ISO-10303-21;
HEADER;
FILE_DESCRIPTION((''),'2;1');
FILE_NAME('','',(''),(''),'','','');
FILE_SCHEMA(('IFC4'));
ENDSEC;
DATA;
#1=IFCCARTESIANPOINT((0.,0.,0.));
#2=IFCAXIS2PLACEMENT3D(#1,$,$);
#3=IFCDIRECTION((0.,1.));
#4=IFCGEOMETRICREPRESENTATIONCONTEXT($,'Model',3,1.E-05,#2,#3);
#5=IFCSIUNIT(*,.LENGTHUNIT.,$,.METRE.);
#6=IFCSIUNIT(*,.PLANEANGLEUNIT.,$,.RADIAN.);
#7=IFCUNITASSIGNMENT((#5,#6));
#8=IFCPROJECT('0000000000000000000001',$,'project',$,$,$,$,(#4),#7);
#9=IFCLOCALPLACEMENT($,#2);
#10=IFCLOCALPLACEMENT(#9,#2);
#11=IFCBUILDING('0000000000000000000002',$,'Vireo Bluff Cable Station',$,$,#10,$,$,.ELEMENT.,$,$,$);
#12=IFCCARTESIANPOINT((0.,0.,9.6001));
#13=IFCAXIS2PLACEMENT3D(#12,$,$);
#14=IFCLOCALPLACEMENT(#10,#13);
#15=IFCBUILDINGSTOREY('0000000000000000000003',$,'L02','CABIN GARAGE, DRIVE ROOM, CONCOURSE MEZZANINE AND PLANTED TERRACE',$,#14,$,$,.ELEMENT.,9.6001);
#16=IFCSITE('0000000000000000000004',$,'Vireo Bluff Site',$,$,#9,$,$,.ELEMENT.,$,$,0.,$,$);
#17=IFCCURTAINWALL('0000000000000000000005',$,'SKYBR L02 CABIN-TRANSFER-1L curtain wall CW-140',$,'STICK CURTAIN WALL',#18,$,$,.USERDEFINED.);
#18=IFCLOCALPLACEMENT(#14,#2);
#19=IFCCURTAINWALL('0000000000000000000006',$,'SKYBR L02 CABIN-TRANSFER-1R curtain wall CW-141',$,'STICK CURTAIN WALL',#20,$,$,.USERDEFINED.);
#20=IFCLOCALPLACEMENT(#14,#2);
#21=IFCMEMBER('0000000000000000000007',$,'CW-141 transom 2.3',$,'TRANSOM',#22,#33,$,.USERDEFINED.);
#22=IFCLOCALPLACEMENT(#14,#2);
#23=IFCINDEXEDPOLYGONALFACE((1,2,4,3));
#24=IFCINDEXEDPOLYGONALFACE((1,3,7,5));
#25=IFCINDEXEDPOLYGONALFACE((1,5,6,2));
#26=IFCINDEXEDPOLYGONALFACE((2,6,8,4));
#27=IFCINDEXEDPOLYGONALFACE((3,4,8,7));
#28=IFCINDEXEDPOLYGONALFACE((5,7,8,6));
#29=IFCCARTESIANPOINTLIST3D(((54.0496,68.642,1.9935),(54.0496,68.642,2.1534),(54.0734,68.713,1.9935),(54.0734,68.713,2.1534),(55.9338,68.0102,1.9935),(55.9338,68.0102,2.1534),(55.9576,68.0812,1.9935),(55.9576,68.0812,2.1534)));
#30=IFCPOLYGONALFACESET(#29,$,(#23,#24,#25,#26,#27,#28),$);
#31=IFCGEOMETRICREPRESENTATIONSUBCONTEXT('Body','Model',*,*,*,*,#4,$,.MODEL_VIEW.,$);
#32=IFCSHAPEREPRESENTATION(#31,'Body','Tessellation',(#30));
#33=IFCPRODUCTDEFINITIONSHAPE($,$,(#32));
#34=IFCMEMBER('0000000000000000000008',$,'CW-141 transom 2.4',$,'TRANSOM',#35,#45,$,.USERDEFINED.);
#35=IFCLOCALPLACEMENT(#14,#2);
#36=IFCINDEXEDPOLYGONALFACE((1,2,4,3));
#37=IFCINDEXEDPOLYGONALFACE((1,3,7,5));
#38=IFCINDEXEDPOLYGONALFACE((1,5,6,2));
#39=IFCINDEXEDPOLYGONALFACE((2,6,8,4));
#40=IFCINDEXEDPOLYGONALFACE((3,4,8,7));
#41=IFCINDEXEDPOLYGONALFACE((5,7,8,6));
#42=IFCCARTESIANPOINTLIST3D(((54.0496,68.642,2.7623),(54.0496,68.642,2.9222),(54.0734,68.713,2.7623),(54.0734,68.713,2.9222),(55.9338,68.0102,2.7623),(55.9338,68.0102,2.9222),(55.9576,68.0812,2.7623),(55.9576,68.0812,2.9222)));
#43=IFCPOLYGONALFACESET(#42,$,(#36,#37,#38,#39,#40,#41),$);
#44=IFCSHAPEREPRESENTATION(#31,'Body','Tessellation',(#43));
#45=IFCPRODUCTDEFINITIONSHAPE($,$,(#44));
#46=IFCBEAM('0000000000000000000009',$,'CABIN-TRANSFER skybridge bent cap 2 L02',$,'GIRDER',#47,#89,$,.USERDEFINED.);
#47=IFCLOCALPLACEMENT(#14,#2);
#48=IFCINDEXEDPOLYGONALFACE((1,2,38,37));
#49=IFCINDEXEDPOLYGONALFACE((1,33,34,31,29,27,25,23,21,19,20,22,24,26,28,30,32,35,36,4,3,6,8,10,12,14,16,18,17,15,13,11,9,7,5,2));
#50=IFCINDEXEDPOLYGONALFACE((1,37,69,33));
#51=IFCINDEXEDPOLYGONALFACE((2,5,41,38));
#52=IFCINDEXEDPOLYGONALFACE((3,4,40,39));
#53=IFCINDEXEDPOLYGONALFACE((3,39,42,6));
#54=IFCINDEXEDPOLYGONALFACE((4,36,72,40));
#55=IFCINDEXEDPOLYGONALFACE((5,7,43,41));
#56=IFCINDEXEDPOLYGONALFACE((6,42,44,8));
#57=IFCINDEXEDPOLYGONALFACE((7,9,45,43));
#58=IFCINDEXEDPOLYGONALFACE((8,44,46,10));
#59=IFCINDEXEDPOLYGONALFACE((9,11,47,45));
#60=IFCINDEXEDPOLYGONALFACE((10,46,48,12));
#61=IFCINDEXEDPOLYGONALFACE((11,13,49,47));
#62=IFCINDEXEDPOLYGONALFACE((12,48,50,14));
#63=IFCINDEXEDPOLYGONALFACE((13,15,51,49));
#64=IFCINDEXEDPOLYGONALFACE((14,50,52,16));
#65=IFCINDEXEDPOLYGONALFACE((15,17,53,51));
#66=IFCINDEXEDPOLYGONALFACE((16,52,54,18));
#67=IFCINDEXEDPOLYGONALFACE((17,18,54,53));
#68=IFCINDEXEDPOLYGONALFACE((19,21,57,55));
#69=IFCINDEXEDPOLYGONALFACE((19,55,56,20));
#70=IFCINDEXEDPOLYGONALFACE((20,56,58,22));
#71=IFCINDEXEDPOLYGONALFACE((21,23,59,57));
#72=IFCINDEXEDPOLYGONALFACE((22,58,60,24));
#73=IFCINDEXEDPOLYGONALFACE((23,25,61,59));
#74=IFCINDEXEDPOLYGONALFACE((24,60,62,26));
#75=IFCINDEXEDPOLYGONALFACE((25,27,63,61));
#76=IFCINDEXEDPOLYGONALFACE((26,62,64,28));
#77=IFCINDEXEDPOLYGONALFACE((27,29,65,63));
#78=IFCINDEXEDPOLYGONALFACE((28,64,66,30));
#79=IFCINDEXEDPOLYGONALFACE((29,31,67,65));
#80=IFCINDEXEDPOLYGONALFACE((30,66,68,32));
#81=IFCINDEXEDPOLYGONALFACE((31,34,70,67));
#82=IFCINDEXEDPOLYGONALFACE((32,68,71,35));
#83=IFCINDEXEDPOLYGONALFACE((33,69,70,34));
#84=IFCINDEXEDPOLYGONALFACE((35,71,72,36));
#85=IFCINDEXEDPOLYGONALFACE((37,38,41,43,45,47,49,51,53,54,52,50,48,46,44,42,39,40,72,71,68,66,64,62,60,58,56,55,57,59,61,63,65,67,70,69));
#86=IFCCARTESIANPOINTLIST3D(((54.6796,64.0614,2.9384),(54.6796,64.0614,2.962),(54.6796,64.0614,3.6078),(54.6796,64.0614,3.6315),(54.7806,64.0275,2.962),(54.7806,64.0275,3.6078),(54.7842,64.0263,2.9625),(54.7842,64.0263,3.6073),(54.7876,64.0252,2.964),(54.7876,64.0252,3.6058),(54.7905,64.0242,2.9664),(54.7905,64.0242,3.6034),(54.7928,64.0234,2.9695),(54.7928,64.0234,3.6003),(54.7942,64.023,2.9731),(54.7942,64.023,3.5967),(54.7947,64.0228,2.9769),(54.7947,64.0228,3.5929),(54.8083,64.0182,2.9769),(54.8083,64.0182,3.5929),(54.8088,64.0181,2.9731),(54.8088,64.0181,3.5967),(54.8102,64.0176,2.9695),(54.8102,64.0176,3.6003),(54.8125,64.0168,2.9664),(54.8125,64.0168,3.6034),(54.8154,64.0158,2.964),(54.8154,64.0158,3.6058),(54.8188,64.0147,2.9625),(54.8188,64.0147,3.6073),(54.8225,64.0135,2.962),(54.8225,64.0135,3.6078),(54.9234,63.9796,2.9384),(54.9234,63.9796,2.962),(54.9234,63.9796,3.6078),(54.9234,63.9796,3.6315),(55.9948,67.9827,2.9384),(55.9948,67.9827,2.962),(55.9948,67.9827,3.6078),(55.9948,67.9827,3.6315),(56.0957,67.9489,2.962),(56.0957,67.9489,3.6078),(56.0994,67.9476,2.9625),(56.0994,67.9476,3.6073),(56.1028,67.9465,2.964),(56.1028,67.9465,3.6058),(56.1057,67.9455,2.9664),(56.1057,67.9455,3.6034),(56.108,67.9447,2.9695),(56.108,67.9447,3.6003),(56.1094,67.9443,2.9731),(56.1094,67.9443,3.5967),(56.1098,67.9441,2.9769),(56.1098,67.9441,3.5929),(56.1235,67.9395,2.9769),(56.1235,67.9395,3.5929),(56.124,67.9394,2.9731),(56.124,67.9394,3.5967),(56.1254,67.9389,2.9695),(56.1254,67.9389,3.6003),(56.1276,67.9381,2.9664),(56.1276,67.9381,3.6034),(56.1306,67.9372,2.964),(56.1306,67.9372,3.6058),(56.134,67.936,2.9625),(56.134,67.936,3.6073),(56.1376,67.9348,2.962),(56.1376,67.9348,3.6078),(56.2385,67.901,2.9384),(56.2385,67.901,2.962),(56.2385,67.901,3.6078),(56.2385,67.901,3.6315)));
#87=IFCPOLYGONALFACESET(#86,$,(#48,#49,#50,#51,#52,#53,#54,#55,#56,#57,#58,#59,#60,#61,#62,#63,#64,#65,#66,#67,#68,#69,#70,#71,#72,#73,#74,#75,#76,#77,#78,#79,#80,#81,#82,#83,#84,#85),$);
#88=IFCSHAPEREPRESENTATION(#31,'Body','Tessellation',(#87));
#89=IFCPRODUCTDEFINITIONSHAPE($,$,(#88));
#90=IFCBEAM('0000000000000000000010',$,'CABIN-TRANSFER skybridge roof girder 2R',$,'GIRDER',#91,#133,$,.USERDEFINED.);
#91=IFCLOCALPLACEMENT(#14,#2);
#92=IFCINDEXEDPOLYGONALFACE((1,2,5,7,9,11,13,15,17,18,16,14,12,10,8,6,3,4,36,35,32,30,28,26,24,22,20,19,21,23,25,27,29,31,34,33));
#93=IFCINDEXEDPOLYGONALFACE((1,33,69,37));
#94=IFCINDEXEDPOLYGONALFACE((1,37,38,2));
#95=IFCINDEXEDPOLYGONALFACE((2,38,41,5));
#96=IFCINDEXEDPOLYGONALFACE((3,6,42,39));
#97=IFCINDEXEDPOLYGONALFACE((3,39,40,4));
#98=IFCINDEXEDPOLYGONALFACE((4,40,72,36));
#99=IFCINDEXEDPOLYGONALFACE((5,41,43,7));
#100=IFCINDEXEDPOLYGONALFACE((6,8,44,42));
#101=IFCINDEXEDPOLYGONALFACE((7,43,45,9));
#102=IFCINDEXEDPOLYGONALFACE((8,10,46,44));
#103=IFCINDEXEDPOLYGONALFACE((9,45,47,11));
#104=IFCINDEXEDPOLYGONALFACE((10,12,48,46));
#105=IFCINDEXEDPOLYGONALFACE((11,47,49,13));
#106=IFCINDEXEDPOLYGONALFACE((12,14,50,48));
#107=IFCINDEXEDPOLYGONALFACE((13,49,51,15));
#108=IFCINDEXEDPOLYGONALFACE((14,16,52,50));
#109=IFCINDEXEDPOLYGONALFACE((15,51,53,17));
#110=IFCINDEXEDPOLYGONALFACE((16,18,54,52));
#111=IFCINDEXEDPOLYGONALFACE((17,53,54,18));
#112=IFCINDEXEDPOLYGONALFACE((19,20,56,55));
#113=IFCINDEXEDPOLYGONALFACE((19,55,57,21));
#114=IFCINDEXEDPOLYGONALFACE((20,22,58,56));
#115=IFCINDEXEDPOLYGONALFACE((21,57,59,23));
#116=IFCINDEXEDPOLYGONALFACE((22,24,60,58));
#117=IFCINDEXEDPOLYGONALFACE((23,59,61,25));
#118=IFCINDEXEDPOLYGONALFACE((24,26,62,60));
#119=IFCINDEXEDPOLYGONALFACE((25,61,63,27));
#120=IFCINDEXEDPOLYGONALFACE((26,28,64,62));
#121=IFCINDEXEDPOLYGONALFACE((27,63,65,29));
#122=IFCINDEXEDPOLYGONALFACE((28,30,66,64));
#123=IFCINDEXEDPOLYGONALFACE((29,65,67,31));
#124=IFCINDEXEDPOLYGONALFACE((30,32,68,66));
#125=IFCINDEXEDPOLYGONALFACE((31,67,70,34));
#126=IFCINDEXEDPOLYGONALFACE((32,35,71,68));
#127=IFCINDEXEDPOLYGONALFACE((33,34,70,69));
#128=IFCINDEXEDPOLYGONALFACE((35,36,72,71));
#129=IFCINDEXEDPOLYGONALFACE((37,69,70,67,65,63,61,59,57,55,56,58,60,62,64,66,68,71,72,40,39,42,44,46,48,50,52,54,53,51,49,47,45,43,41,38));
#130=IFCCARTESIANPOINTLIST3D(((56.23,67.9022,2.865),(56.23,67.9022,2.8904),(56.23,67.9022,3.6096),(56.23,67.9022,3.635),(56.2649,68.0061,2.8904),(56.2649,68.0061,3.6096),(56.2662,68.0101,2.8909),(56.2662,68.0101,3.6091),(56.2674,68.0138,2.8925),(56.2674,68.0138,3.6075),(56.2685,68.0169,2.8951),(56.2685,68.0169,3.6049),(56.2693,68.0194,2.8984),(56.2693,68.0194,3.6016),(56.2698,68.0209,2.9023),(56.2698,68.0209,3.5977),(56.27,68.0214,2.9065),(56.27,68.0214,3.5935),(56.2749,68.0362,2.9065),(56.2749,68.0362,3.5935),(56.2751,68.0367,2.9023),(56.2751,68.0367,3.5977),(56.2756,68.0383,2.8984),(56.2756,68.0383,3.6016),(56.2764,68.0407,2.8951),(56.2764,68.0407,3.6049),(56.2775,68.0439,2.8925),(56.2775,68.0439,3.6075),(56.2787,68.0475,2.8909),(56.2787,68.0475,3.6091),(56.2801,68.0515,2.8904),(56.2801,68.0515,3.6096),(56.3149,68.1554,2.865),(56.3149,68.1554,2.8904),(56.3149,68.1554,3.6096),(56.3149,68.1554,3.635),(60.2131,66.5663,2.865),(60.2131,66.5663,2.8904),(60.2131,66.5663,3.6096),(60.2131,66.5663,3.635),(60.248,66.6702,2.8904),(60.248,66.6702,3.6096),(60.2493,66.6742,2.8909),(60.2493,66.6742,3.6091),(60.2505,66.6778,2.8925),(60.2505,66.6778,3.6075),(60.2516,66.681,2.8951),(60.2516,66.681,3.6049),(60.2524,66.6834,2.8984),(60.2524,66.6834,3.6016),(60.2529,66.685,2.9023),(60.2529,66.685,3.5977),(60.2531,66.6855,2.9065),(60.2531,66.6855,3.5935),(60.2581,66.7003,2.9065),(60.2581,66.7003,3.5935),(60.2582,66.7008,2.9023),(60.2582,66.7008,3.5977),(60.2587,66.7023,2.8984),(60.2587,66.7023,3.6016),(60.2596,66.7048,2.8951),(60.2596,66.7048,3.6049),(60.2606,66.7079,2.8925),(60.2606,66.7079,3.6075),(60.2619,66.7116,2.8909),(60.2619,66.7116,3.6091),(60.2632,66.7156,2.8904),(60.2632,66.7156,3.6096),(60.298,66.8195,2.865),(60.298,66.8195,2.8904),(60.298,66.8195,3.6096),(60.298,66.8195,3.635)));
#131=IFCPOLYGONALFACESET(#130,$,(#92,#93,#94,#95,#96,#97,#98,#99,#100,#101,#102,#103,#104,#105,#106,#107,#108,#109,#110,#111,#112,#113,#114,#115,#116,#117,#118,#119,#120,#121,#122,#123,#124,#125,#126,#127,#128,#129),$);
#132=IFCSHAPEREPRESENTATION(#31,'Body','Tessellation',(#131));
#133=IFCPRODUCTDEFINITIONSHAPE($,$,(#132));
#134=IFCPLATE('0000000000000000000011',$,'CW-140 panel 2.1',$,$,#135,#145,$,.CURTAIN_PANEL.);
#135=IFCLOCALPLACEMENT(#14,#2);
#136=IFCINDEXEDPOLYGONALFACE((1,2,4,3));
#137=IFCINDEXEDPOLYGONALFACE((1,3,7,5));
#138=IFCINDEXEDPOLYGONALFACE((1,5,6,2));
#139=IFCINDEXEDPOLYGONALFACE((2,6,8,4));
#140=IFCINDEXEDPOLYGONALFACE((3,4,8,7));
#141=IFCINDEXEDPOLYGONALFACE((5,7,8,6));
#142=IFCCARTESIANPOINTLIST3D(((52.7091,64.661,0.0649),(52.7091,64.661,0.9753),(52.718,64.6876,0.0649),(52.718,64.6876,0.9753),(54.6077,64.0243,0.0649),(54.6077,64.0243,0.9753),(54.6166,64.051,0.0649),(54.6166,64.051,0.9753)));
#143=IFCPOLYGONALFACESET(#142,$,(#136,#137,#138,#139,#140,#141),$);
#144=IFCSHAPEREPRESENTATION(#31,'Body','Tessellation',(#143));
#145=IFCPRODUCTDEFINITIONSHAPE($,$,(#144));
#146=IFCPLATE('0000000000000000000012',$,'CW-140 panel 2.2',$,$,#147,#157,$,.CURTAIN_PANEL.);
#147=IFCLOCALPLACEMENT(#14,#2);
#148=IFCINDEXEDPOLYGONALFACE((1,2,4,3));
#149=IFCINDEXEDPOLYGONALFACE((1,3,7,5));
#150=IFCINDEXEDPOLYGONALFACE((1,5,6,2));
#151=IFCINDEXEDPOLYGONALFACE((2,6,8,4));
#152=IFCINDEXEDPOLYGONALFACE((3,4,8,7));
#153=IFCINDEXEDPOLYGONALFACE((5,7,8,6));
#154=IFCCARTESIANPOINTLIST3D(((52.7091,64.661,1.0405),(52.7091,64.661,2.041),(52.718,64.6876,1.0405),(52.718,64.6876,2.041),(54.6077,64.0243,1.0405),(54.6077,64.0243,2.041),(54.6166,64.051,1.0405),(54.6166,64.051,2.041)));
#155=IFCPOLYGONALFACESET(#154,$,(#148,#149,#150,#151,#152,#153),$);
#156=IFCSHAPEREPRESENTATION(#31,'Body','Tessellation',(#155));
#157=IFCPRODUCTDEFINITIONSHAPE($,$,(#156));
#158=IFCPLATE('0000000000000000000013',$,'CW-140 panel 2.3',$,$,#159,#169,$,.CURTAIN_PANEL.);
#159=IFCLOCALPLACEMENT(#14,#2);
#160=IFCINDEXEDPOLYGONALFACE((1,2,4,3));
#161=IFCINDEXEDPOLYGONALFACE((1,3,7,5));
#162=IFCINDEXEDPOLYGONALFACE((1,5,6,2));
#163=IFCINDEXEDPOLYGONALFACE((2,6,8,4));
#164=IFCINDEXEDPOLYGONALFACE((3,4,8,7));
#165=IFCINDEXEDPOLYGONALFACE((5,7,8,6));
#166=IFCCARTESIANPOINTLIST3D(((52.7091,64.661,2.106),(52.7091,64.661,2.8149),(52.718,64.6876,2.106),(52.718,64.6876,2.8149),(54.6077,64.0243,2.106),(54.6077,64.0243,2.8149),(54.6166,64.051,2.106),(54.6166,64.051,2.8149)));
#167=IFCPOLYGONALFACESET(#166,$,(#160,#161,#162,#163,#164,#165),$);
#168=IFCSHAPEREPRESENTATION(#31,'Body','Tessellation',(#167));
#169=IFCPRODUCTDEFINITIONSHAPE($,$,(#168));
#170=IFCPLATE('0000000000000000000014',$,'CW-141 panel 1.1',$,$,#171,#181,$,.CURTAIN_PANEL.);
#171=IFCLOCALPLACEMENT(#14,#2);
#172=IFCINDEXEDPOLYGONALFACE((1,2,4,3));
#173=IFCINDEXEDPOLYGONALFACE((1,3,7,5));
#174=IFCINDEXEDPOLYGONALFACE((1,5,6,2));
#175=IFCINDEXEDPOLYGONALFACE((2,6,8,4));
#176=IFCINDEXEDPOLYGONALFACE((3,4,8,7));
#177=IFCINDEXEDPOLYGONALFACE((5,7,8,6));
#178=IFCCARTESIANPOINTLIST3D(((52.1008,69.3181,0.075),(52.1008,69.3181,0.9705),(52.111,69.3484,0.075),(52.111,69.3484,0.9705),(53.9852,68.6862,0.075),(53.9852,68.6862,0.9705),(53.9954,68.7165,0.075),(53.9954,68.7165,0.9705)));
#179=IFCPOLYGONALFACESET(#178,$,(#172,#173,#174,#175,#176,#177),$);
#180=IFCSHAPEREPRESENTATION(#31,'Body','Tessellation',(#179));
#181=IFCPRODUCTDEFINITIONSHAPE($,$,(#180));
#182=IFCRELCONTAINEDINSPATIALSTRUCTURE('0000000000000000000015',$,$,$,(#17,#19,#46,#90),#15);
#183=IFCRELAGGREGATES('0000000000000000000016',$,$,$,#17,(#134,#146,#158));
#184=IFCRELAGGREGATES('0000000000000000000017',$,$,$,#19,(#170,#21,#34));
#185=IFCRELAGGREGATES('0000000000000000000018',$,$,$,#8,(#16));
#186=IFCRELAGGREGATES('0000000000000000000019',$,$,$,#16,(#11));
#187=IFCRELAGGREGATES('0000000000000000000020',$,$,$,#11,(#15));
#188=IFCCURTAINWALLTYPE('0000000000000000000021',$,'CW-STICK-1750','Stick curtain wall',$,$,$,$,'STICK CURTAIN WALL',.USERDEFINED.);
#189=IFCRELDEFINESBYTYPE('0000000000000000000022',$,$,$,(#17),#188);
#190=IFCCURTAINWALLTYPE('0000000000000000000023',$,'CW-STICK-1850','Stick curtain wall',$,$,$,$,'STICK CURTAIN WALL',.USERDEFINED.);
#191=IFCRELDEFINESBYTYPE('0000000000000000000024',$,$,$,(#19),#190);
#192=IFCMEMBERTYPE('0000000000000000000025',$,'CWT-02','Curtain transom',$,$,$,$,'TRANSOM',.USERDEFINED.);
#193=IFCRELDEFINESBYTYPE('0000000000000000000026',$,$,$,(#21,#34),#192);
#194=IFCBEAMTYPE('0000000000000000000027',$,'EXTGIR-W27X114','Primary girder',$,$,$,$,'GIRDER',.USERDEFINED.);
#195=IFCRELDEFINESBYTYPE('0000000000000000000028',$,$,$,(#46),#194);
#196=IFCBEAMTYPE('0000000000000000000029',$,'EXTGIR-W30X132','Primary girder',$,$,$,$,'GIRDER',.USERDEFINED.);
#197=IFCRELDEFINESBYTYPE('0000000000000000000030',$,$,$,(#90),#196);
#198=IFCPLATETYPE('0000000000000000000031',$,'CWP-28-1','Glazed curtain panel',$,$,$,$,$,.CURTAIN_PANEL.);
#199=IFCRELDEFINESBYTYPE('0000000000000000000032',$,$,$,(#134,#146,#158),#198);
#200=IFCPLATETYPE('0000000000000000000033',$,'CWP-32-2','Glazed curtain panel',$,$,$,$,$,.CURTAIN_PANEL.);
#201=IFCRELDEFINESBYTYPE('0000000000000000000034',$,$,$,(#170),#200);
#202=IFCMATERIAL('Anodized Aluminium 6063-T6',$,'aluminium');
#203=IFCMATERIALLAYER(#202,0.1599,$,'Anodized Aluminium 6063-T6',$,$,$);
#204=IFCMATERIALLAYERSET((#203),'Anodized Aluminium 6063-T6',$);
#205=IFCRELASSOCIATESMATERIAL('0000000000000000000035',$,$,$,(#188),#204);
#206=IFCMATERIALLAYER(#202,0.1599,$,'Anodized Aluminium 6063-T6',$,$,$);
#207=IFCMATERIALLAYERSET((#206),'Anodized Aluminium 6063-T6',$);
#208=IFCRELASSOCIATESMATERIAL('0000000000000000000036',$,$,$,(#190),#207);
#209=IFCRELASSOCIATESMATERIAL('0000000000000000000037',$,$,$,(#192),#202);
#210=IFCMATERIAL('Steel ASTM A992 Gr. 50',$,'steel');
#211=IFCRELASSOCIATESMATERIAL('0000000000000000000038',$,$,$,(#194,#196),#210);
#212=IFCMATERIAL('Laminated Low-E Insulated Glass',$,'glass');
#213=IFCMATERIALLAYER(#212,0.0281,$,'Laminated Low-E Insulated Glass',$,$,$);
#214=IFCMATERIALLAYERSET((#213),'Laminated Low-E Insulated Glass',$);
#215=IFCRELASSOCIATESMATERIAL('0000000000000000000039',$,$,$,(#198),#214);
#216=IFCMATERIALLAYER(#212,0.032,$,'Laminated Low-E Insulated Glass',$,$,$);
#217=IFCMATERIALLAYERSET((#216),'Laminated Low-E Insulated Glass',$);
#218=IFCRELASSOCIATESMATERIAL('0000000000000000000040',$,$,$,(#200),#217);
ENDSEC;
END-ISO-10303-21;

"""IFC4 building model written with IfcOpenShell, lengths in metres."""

from ifc_helpers import new_model, si_unit, direction, frame, origin, origin_2d, place, context, subcontext, project, spatial, rectangle, i_section, extrude, material, layer, layer_set, material_profile, profile_set, type_object, element, aggregate, save


model = new_model("IFC4")

# Units and contexts
model_context = context("Model", 3, precision=1e-05, world=origin(), true_north=direction((0.0, 1.0)))
body_context = subcontext(model_context, "Body", "Model", "MODEL_VIEW")
ifc_project = project(units=[si_unit("LENGTHUNIT", "METRE"), si_unit("PLANEANGLEUNIT", "RADIAN")], contexts=[model_context])

# Site, building, storey
site_placement = place(None, origin())
site = spatial("IfcSite", under=ifc_project, at=site_placement, Name="Vireo Bluff Site", CompositionType="ELEMENT", RefElevation=0.0)
building_placement = place(site_placement, origin())
building = spatial("IfcBuilding", under=site, at=building_placement, Name="Vireo Bluff Cable Station", CompositionType="ELEMENT")
storey_placement = place(building_placement, frame((0.0, 0.0, 9.6001)))
storey = spatial("IfcBuildingStorey", under=building, at=storey_placement, Name="L02", Description="CABIN GARAGE, DRIVE ROOM, CONCOURSE MEZZANINE AND PLANTED TERRACE", CompositionType="ELEMENT", Elevation=9.6001)

# Shared definitions
ifc_material_1 = material(Name="Steel ASTM A992 Gr. 50", Category="steel")

# Curtain walls
ifc_material_2 = material(Name="Anodized Aluminium 6063-T6", Category="aluminium")
ifc_layer_1 = layer(ifc_material_2, 0.1599, Name="Anodized Aluminium 6063-T6")
ifc_layer_set_1 = layer_set([ifc_layer_1], Name="Anodized Aluminium 6063-T6")
curtain_wall_type_1 = type_object("IfcCurtainWallType", Name="CW-STICK-1750", Description="Stick curtain wall", ElementType="STICK CURTAIN WALL", PredefinedType="USERDEFINED", material=ifc_layer_set_1)
curtain_wall_1_placement = place(storey_placement, origin())
curtain_wall_1 = element("IfcCurtainWall", 1, at=curtain_wall_1_placement, inside=storey, type_object=curtain_wall_type_1, Name="SKYBR L02 CABIN-TRANSFER-1L curtain wall CW-140", ObjectType="STICK CURTAIN WALL", PredefinedType="USERDEFINED")
ifc_layer_2 = layer(ifc_material_2, 0.1599, Name="Anodized Aluminium 6063-T6")
ifc_layer_set_2 = layer_set([ifc_layer_2], Name="Anodized Aluminium 6063-T6")
curtain_wall_type_2 = type_object("IfcCurtainWallType", Name="CW-STICK-1850", Description="Stick curtain wall", ElementType="STICK CURTAIN WALL", PredefinedType="USERDEFINED", material=ifc_layer_set_2)
curtain_wall_2_placement = place(storey_placement, origin())
curtain_wall_2 = element("IfcCurtainWall", 2, at=curtain_wall_2_placement, inside=storey, type_object=curtain_wall_type_2, Name="SKYBR L02 CABIN-TRANSFER-1R curtain wall CW-141", ObjectType="STICK CURTAIN WALL", PredefinedType="USERDEFINED")

# Members
ifc_material_profile_1 = material_profile(ifc_material_2, rectangle(XDim=0.075, YDim=0.1599, at=origin_2d()), Name="ALU-T-75X160")
ifc_profile_set_1 = profile_set([ifc_material_profile_1], Name="Anodized Aluminium 6063-T6")
member_type_1 = type_object("IfcMemberType", Name="CWT-02", Description="Curtain transom", ElementType="TRANSOM", PredefinedType="USERDEFINED", material=ifc_profile_set_1)
member_1_placement = place(storey_placement, frame((54.0615, 68.6775, 2.0735), z_axis=(0.948117, -0.317923, 0.0), x_axis=(0.317923, 0.948117, 0.0)))
member_1 = element("IfcMember", 3, at=member_1_placement, type_object=member_type_1, Name="CW-141 transom 2.3", ObjectType="TRANSOM", PredefinedType="USERDEFINED", context=body_context, shape_type="SweptSolid", body=[
    extrude(rectangle(XDim=0.075, YDim=0.1599, at=origin_2d()), origin(), (0.0, 0.0, 1.0), 1.9873),
])
member_2_placement = place(storey_placement, frame((54.0615, 68.6775, 2.8423), z_axis=(0.948117, -0.317923, 0.0), x_axis=(0.317923, 0.948117, 0.0)))
member_2 = element("IfcMember", 4, at=member_2_placement, type_object=member_type_1, Name="CW-141 transom 2.4", ObjectType="TRANSOM", PredefinedType="USERDEFINED", context=body_context, shape_type="SweptSolid", body=[
    extrude(rectangle(XDim=0.075, YDim=0.1599, at=origin_2d()), origin(), (0.0, 0.0, 1.0), 1.9873),
])

# Beams
ifc_material_profile_2 = material_profile(ifc_material_1, i_section(OverallWidth=0.2571, OverallDepth=0.6931, WebThickness=0.0144, FlangeThickness=0.0237, FilletRadius=0.0149, at=origin_2d()), Name="W27X114")
ifc_profile_set_2 = profile_set([ifc_material_profile_2], Name="Steel ASTM A992 Gr. 50")
beam_type_1 = type_object("IfcBeamType", Name="EXTGIR-W27X114", Description="Primary girder", ElementType="GIRDER", PredefinedType="USERDEFINED", material=ifc_profile_set_2)
beam_1_placement = place(storey_placement, frame((54.8015, 64.0205, 3.2849), z_axis=(0.31798, 0.948097, 0.0), x_axis=(-0.948097, 0.31798, 0.0)))
element("IfcBeam", 5, at=beam_1_placement, inside=storey, type_object=beam_type_1, Name="CABIN-TRANSFER skybridge bent cap 2 L02", ObjectType="GIRDER", PredefinedType="USERDEFINED", context=body_context, shape_type="SweptSolid", body=[
    extrude(i_section(OverallWidth=0.2571, OverallDepth=0.6931, WebThickness=0.0144, FlangeThickness=0.0237, FilletRadius=0.0149, at=origin_2d()), origin(), (0.0, 0.0, 1.0), 4.136),
])
ifc_material_profile_3 = material_profile(ifc_material_1, i_section(OverallWidth=0.2671, OverallDepth=0.77, WebThickness=0.0156, FlangeThickness=0.0254, FilletRadius=0.0161, at=origin_2d()), Name="W30X132")
ifc_profile_set_3 = profile_set([ifc_material_profile_3], Name="Steel ASTM A992 Gr. 50")
beam_type_2 = type_object("IfcBeamType", Name="EXTGIR-W30X132", Description="Primary girder", ElementType="GIRDER", PredefinedType="USERDEFINED", material=ifc_profile_set_3)
beam_2_placement = place(storey_placement, frame((56.2725, 68.0288, 3.25), z_axis=(0.948095, -0.317988, 0.0), x_axis=(0.317988, 0.948095, 0.0)))
element("IfcBeam", 6, at=beam_2_placement, inside=storey, type_object=beam_type_2, Name="CABIN-TRANSFER skybridge roof girder 2R", ObjectType="GIRDER", PredefinedType="USERDEFINED", context=body_context, shape_type="SweptSolid", body=[
    extrude(i_section(OverallWidth=0.2671, OverallDepth=0.77, WebThickness=0.0156, FlangeThickness=0.0254, FilletRadius=0.0161, at=origin_2d()), origin(), (0.0, 0.0, 1.0), 4.2012),
])

# Plates
ifc_material_3 = material(Name="Laminated Low-E Insulated Glass", Category="glass")
ifc_layer_3 = layer(ifc_material_3, 0.0281, Name="Laminated Low-E Insulated Glass")
ifc_layer_set_3 = layer_set([ifc_layer_3], Name="Laminated Low-E Insulated Glass")
plate_type_1 = type_object("IfcPlateType", Name="CWP-28-1", Description="Glazed curtain panel", PredefinedType="CURTAIN_PANEL", material=ifc_layer_set_3)
plate_1_placement = place(storey_placement, frame((53.6628, 64.356, 0.0649), z_axis=(0.0, 0.0, 1.0), x_axis=(0.948115, -0.317927, 0.0)))
plate_1 = element("IfcPlate", 7, at=plate_1_placement, type_object=plate_type_1, Name="CW-140 panel 2.1", PredefinedType="CURTAIN_PANEL", context=body_context, shape_type="SweptSolid", body=[
    extrude(rectangle(XDim=2.0024, YDim=0.0281, at=origin_2d()), origin(), (0.0, 0.0, 1.0), 0.9104),
])
plate_2_placement = place(storey_placement, frame((53.6628, 64.356, 1.0405), z_axis=(0.0, 0.0, 1.0), x_axis=(0.948115, -0.317927, 0.0)))
plate_2 = element("IfcPlate", 8, at=plate_2_placement, type_object=plate_type_1, Name="CW-140 panel 2.2", PredefinedType="CURTAIN_PANEL", context=body_context, shape_type="SweptSolid", body=[
    extrude(rectangle(XDim=2.0024, YDim=0.0281, at=origin_2d()), origin(), (0.0, 0.0, 1.0), 1.0005),
])
plate_3_placement = place(storey_placement, frame((53.6628, 64.356, 2.106), z_axis=(0.0, 0.0, 1.0), x_axis=(0.948115, -0.317927, 0.0)))
plate_3 = element("IfcPlate", 9, at=plate_3_placement, type_object=plate_type_1, Name="CW-140 panel 2.3", PredefinedType="CURTAIN_PANEL", context=body_context, shape_type="SweptSolid", body=[
    extrude(rectangle(XDim=2.0024, YDim=0.0281, at=origin_2d()), origin(), (0.0, 0.0, 1.0), 0.709),
])
aggregate(curtain_wall_1, [plate_1, plate_2, plate_3])
ifc_layer_4 = layer(ifc_material_3, 0.032, Name="Laminated Low-E Insulated Glass")
ifc_layer_set_4 = layer_set([ifc_layer_4], Name="Laminated Low-E Insulated Glass")
plate_type_2 = type_object("IfcPlateType", Name="CWP-32-2", Description="Glazed curtain panel", PredefinedType="CURTAIN_PANEL", material=ifc_layer_set_4)
plate_4_placement = place(storey_placement, frame((53.0481, 69.0173, 0.075), z_axis=(0.0, 0.0, 1.0), x_axis=(0.948115, -0.317927, 0.0)))
plate_4 = element("IfcPlate", 10, at=plate_4_placement, type_object=plate_type_2, Name="CW-141 panel 1.1", PredefinedType="CURTAIN_PANEL", context=body_context, shape_type="SweptSolid", body=[
    extrude(rectangle(XDim=1.9875, YDim=0.032, at=origin_2d()), origin(), (0.0, 0.0, 1.0), 0.8955),
])
aggregate(curtain_wall_2, [plate_4, member_1, member_2])

save(model, "model.ifc")
